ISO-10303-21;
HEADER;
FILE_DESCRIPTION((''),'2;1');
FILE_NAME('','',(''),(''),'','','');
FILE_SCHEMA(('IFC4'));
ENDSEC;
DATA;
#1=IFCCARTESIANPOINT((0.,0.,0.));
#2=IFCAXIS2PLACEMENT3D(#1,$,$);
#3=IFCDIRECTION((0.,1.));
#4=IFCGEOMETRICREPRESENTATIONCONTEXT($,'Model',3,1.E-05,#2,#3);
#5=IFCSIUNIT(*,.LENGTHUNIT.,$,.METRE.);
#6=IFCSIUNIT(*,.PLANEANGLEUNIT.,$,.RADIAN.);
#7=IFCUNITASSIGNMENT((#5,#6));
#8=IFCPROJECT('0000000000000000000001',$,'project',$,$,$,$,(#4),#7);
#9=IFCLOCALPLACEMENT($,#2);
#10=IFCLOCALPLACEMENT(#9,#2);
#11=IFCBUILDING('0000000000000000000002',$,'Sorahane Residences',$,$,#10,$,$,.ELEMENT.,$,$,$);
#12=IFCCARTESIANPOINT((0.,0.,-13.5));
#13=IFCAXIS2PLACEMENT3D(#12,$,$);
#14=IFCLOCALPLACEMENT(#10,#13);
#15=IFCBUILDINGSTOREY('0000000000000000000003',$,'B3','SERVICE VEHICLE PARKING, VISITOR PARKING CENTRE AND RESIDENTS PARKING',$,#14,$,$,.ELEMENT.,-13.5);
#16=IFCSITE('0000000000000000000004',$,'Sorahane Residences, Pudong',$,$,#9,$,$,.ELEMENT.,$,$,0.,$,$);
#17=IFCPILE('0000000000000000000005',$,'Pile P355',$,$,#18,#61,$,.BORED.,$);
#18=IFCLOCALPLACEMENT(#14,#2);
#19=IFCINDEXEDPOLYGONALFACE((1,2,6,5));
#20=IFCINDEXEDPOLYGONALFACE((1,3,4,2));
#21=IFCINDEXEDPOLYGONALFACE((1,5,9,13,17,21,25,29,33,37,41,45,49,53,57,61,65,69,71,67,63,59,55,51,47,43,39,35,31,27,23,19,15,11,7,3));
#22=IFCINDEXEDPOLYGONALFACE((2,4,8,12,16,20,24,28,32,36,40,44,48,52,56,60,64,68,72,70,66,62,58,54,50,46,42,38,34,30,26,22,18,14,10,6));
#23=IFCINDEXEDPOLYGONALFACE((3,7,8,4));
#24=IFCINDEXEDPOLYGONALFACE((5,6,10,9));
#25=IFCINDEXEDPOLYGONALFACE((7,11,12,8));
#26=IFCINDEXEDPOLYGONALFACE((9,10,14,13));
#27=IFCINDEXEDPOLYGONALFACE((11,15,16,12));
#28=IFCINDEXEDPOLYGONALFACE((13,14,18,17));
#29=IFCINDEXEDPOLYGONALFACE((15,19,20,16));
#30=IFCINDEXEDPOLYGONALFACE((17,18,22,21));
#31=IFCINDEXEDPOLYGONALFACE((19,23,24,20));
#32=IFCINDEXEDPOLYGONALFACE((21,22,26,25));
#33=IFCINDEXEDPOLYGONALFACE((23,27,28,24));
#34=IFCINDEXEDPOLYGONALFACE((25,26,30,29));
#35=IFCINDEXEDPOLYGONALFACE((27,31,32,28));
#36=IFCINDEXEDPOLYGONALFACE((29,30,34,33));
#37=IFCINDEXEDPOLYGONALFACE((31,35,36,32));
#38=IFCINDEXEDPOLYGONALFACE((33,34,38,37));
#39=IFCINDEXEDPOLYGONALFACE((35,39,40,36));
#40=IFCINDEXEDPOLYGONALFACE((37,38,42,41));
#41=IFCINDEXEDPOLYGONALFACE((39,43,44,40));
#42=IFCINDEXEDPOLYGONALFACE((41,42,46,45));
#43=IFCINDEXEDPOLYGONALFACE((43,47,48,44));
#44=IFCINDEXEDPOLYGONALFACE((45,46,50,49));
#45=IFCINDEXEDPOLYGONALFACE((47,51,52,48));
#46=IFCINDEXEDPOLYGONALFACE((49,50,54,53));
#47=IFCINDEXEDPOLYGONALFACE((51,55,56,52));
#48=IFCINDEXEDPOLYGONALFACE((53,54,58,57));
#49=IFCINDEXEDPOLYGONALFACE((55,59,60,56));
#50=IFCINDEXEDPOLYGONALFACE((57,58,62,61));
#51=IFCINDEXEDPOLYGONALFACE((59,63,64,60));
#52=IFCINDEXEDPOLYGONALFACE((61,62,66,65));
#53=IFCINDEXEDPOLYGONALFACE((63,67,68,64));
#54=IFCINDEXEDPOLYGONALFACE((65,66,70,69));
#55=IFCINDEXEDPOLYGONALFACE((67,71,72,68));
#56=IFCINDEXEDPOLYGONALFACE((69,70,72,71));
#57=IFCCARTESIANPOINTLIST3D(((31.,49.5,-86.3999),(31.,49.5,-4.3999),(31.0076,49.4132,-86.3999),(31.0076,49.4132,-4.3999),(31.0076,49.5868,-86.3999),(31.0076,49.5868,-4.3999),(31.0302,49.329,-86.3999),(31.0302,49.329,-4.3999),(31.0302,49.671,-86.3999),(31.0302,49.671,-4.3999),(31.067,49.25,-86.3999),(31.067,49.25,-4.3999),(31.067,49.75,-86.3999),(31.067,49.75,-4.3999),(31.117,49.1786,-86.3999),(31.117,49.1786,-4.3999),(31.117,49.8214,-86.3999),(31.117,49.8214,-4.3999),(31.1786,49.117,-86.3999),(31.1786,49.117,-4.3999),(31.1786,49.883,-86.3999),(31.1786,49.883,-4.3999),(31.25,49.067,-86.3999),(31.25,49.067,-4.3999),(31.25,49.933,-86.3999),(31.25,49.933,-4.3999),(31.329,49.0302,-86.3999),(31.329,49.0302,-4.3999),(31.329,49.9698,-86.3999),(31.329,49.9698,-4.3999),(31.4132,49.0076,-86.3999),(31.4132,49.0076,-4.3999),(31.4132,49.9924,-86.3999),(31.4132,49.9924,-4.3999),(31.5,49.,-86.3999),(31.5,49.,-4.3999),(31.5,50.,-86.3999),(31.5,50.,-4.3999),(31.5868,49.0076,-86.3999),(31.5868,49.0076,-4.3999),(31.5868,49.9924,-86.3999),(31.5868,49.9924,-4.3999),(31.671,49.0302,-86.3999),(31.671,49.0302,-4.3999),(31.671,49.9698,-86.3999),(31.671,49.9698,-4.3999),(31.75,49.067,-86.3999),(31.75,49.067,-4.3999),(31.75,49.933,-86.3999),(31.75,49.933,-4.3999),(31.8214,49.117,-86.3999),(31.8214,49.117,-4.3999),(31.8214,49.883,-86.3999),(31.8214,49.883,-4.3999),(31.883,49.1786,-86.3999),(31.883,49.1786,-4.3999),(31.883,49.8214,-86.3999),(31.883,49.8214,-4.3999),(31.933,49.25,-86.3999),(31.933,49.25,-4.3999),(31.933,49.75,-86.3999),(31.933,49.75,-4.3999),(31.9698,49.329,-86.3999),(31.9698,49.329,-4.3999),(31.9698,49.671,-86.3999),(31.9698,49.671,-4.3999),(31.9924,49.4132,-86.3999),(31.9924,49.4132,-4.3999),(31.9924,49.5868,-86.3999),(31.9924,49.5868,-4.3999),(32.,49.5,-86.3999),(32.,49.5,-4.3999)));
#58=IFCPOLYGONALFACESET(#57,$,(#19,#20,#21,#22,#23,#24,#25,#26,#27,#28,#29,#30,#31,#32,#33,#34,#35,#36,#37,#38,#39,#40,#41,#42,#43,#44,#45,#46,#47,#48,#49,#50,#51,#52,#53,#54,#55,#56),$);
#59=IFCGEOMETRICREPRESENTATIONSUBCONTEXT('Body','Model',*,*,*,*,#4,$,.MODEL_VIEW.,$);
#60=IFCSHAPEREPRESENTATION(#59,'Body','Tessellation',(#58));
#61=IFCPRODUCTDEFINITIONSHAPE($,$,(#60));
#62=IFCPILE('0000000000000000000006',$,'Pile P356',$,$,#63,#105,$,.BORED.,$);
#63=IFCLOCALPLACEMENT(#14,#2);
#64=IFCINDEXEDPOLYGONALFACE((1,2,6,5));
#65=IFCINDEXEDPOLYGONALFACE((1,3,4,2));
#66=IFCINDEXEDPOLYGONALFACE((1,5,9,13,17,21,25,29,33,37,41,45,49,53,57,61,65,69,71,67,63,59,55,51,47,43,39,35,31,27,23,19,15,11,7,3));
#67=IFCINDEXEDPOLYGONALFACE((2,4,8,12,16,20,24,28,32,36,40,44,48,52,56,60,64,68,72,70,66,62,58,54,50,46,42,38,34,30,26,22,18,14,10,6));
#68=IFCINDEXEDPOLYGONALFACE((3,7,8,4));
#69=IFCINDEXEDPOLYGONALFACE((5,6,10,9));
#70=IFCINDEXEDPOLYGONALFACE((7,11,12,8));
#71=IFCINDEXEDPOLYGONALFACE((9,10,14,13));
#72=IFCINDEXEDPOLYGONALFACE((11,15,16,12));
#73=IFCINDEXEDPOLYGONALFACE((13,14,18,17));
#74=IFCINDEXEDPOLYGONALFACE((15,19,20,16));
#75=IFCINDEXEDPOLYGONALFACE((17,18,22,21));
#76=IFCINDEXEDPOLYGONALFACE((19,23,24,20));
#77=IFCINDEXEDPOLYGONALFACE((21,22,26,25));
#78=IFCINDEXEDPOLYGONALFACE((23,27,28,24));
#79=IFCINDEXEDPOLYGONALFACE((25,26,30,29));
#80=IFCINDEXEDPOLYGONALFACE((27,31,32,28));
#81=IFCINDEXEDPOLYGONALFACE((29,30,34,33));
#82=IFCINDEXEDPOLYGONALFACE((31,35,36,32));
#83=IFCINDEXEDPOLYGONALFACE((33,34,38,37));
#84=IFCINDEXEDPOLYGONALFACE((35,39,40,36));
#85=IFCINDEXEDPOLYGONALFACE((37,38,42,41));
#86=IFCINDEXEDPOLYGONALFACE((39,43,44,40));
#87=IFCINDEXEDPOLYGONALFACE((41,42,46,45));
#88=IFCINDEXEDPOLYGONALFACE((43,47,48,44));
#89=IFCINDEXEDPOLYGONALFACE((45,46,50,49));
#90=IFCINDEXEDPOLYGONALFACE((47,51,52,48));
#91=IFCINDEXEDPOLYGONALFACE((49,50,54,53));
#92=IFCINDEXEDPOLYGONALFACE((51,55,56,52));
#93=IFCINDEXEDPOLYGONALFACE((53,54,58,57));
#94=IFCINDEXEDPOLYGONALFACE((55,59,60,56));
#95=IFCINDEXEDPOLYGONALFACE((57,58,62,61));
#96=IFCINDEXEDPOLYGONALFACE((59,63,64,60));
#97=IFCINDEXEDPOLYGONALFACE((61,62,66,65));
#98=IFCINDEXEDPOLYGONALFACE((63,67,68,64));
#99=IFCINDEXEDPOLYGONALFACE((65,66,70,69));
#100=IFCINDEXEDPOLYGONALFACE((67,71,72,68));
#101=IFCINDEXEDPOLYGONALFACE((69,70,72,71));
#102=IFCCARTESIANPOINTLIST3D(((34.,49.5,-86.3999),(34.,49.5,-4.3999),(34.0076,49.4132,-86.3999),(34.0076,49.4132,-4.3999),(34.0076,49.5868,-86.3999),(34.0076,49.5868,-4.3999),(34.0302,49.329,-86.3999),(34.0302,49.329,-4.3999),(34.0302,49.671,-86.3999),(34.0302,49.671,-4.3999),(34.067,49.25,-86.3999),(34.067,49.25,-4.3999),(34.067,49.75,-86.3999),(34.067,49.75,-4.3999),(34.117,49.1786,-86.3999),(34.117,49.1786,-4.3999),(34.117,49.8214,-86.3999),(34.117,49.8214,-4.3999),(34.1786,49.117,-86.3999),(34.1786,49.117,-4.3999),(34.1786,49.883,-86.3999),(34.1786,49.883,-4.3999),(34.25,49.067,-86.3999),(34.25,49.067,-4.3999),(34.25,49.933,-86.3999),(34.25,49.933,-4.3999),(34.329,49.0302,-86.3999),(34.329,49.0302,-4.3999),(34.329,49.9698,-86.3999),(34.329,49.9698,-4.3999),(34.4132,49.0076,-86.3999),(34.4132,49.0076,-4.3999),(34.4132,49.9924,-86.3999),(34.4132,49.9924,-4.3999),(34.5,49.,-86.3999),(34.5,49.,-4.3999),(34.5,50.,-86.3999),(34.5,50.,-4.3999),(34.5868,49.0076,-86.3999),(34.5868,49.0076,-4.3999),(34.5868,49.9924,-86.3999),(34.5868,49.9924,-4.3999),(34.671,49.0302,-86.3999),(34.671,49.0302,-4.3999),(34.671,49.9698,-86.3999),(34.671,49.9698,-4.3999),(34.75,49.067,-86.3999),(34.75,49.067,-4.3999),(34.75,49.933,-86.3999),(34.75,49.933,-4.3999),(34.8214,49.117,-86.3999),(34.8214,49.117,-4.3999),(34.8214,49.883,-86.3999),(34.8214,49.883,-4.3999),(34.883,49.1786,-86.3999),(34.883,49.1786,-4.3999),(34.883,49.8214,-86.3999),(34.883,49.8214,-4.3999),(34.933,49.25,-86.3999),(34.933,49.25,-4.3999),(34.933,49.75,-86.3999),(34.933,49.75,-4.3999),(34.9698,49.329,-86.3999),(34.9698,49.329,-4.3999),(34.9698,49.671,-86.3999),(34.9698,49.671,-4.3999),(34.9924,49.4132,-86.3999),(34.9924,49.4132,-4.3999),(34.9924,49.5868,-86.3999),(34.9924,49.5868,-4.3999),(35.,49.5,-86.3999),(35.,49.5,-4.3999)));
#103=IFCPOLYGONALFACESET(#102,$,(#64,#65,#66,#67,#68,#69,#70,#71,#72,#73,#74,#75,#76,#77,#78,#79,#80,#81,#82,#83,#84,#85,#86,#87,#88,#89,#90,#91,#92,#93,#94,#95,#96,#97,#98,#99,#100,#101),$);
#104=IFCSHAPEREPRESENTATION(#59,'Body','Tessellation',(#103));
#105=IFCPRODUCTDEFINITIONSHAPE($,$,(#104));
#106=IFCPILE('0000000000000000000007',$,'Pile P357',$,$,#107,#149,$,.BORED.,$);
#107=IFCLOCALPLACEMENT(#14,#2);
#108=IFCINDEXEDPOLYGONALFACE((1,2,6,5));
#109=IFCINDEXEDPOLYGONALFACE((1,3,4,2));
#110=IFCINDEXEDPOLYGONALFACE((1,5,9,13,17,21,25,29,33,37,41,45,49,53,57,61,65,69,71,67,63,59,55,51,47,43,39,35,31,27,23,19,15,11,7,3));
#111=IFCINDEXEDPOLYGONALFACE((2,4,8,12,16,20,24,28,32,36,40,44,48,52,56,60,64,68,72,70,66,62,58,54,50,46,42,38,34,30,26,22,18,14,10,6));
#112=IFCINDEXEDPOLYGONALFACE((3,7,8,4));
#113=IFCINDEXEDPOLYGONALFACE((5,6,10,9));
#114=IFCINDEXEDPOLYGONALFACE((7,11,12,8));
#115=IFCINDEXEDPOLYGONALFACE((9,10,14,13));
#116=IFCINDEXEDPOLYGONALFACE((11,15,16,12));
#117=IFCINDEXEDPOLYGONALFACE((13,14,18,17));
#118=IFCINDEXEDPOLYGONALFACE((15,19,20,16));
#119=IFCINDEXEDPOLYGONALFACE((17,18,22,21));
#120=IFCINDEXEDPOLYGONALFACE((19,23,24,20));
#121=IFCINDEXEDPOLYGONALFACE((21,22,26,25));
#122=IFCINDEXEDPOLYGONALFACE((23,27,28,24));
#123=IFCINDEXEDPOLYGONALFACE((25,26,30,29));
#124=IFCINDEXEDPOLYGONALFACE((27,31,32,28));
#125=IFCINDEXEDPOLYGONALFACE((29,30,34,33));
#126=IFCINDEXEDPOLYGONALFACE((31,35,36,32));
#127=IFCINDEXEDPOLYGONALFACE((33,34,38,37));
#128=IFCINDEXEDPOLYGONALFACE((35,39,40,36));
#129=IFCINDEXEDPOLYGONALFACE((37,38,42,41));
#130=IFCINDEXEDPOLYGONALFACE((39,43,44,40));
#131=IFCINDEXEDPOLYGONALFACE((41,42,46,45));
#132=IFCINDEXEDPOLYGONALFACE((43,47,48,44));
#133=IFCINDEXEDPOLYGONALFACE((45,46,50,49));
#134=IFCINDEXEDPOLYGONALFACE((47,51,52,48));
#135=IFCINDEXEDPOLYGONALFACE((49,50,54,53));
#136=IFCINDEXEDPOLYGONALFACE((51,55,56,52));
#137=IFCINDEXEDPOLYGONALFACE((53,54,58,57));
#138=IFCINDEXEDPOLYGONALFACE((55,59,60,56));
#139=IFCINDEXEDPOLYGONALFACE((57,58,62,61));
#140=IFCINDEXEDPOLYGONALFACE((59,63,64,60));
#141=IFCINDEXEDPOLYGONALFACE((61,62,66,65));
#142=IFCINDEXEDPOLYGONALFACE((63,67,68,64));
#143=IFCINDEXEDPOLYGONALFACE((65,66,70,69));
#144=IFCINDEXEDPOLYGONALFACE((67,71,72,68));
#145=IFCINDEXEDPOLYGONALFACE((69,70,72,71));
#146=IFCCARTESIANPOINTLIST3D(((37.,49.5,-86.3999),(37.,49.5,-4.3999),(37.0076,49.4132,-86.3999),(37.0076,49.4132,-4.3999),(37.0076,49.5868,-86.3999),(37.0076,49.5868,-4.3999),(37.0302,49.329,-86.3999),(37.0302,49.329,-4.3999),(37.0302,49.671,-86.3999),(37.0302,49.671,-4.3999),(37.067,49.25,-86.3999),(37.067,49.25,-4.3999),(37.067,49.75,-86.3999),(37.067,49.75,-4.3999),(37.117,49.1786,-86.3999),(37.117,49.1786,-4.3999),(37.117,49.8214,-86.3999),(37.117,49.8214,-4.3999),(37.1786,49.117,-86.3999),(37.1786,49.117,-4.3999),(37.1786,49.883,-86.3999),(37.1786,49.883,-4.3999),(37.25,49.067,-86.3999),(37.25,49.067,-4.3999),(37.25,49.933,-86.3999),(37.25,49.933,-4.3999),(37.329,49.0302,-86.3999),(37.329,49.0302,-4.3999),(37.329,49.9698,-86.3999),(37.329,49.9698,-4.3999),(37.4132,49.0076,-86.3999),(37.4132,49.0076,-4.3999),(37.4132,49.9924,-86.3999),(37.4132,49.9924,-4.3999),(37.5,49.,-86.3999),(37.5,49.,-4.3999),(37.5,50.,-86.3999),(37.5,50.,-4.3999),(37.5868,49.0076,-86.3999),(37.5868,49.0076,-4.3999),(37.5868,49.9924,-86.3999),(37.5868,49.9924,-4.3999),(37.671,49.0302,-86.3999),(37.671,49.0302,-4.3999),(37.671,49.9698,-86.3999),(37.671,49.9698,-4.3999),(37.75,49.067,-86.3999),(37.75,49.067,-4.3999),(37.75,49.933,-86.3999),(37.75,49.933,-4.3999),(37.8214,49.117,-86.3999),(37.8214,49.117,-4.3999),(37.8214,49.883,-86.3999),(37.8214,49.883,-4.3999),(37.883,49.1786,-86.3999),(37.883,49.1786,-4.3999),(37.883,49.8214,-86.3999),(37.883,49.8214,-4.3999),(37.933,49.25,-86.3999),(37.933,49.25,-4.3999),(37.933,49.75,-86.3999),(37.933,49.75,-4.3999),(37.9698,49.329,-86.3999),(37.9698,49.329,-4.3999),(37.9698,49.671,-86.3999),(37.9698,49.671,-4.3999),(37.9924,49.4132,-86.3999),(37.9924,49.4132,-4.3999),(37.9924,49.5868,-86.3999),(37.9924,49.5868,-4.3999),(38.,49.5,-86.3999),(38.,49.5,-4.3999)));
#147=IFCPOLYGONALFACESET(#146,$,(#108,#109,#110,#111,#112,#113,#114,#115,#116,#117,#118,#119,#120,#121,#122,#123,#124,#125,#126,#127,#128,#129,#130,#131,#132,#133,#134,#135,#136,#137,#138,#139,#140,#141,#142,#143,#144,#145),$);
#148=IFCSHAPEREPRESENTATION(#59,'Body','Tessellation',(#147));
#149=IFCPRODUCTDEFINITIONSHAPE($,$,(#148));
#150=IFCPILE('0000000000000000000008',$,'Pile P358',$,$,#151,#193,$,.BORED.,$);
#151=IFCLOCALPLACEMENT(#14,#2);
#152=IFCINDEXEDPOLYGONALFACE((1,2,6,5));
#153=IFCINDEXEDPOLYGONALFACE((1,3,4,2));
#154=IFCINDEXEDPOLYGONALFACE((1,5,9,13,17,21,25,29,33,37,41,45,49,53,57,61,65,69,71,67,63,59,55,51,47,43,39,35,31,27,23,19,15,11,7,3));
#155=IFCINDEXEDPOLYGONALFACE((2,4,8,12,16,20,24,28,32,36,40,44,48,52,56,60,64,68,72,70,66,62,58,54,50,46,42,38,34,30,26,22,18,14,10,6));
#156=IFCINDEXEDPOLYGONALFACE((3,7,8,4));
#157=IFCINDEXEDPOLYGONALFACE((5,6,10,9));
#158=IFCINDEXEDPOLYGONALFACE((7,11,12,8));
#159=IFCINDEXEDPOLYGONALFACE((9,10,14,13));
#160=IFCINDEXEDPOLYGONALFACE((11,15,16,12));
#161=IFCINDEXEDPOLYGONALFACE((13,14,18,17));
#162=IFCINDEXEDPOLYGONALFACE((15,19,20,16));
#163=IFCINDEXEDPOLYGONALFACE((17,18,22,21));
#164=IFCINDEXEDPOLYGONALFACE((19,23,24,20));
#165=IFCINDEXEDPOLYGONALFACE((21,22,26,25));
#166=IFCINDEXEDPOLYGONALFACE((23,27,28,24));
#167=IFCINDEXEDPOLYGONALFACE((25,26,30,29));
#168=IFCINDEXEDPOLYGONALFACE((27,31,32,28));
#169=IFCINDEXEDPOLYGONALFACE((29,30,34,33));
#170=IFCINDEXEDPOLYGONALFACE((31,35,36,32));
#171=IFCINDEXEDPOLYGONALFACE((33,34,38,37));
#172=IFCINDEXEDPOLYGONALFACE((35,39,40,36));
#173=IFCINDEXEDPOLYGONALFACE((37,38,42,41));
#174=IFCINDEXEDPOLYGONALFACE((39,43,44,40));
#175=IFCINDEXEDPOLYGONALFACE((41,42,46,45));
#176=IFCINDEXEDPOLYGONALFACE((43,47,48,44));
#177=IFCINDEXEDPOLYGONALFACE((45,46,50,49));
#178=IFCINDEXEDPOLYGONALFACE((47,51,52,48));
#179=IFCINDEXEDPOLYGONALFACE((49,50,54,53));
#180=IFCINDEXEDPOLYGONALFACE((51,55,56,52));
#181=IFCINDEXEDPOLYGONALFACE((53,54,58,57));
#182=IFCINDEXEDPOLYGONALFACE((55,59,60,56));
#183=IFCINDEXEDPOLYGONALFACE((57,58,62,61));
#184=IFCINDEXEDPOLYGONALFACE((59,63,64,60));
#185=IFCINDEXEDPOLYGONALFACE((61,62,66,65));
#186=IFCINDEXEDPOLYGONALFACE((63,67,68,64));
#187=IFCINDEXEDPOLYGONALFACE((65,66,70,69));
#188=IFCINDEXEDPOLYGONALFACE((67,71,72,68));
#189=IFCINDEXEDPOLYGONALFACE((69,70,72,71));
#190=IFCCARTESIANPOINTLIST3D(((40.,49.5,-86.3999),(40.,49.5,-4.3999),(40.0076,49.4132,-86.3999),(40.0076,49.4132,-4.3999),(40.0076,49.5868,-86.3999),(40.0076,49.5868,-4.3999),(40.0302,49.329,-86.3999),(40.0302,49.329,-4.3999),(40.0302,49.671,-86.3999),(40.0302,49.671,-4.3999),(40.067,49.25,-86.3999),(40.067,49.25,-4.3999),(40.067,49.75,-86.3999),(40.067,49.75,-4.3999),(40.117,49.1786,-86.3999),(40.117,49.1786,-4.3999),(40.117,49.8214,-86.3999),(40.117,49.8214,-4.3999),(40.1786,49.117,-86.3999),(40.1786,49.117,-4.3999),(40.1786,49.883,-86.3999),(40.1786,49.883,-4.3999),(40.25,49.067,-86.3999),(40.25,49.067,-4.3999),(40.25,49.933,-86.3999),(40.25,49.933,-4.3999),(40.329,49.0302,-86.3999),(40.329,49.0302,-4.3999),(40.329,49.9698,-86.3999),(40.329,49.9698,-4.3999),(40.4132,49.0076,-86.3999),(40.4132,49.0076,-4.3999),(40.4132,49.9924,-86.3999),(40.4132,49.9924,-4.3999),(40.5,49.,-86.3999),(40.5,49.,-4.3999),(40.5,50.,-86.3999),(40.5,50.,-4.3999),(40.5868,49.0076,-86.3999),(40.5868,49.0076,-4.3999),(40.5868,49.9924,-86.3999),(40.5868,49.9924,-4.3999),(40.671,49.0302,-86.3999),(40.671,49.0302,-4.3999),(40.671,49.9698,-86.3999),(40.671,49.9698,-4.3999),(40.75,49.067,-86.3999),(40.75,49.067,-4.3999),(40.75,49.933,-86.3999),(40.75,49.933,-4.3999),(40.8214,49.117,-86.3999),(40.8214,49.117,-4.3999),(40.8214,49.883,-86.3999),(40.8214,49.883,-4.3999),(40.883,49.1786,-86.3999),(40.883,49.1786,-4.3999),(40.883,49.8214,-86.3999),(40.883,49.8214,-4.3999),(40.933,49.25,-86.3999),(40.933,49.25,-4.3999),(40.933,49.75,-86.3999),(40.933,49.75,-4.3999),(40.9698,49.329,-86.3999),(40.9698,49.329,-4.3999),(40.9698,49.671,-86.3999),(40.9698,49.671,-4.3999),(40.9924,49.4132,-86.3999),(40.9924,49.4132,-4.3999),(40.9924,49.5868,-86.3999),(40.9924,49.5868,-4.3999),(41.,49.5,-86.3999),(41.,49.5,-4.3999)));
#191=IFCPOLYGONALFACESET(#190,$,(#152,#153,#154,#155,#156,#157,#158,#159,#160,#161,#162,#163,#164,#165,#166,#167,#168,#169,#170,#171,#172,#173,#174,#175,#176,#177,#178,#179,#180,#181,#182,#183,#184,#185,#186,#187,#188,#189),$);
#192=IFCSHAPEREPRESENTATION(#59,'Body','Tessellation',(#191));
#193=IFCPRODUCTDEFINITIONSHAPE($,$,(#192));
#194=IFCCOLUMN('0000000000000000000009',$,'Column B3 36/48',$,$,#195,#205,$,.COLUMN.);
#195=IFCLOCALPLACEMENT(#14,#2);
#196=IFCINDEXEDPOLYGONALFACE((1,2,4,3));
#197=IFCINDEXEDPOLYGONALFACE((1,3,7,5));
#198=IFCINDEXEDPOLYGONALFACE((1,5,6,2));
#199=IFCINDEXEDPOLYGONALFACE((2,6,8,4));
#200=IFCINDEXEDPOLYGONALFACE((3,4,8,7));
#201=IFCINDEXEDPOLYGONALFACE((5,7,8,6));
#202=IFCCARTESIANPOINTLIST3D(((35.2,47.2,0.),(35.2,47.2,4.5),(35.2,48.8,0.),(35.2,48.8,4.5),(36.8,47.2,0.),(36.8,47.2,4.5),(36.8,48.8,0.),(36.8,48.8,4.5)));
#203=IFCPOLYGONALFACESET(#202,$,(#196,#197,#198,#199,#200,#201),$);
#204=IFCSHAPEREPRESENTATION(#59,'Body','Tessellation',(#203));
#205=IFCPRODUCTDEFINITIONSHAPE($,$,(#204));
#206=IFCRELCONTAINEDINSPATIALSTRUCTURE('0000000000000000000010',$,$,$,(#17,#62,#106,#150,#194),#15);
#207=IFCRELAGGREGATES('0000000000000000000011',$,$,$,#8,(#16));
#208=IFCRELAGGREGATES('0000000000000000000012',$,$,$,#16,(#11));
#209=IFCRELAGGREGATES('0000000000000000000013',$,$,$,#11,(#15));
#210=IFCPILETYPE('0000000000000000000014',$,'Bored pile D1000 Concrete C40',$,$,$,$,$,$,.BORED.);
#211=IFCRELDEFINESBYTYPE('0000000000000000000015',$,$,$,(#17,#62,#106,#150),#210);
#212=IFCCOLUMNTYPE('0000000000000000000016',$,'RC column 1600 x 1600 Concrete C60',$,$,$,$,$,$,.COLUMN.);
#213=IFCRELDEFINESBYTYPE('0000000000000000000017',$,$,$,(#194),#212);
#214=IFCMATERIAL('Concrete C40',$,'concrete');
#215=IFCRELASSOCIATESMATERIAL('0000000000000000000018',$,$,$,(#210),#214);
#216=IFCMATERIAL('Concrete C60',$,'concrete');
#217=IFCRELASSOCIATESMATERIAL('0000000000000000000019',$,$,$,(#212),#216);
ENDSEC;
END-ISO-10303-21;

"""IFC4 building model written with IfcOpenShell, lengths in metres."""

from ifc_helpers import new_model, si_unit, direction, frame, origin, origin_2d, place, context, subcontext, project, spatial, rectangle, circle, extrude, material, material_profile, profile_set, type_object, element, save


model = new_model("IFC4")

# Units and contexts
model_context = context("Model", 3, precision=1e-05, world=origin(), true_north=direction((0.0, 1.0)))
body_context = subcontext(model_context, "Body", "Model", "MODEL_VIEW")
ifc_project = project(units=[si_unit("LENGTHUNIT", "METRE"), si_unit("PLANEANGLEUNIT", "RADIAN")], contexts=[model_context])

# Site, building, storey
site_placement = place(None, origin())
site = spatial("IfcSite", under=ifc_project, at=site_placement, Name="Sorahane Residences, Pudong", CompositionType="ELEMENT", RefElevation=0.0)
building_placement = place(site_placement, origin())
building = spatial("IfcBuilding", under=site, at=building_placement, Name="Sorahane Residences", CompositionType="ELEMENT")
storey_placement = place(building_placement, frame((0.0, 0.0, -13.5)))
storey = spatial("IfcBuildingStorey", under=building, at=storey_placement, Name="B3", Description="SERVICE VEHICLE PARKING, VISITOR PARKING CENTRE AND RESIDENTS PARKING", CompositionType="ELEMENT", Elevation=-13.5)

# Piles
ifc_material_1 = material(Name="Concrete C40", Category="concrete")
ifc_material_profile_1 = material_profile(ifc_material_1, circle(Radius=0.5, at=origin_2d()), Name="D1000")
ifc_profile_set_1 = profile_set([ifc_material_profile_1], Name="Concrete C40")
pile_type = type_object("IfcPileType", Name="Bored pile D1000 Concrete C40", PredefinedType="BORED", material=ifc_profile_set_1)
for number, where, z_axis, x_axis, name in (
    (1, (31.5, 49.5, -4.3999), (0.0, 0.0, -1.0), (1.0, 0.0, 0.0), "Pile P355"),
    (2, (34.5, 49.5, -4.3999), (0.0, 0.0, -1.0), (1.0, 0.0, 0.0), "Pile P356"),
    (3, (37.5, 49.5, -4.3999), (0.0, 0.0, -1.0), (1.0, 0.0, 0.0), "Pile P357"),
    (4, (40.5, 49.5, -4.3999), (0.0, 0.0, -1.0), (1.0, 0.0, 0.0), "Pile P358"),
):
    element("IfcPile", number, at=place(storey_placement, frame(where, z_axis=z_axis, x_axis=x_axis)), inside=storey, type_object=pile_type, Name=name, PredefinedType="BORED", context=body_context, shape_type="SweptSolid", body=[
        extrude(circle(Radius=0.5, at=origin_2d()), origin(), (0.0, 0.0, 1.0), 82.0),
    ])

# Column
ifc_material_2 = material(Name="Concrete C60", Category="concrete")
ifc_material_profile_2 = material_profile(ifc_material_2, rectangle(XDim=1.6001, YDim=1.6001, at=origin_2d()), Name="1600x1600")
ifc_profile_set_2 = profile_set([ifc_material_profile_2], Name="Concrete C60")
column_type_1 = type_object("IfcColumnType", Name="RC column 1600 x 1600 Concrete C60", PredefinedType="COLUMN", material=ifc_profile_set_2)
column_placement = place(storey_placement, frame((36.0, 48.0, 0.0), z_axis=(0.0, 0.0, 1.0), x_axis=(1.0, 0.0, 0.0)))
element("IfcColumn", 5, at=column_placement, inside=storey, type_object=column_type_1, Name="Column B3 36/48", PredefinedType="COLUMN", context=body_context, shape_type="SweptSolid", body=[
    extrude(rectangle(XDim=1.6001, YDim=1.6001, at=origin_2d()), origin(), (0.0, 0.0, 1.0), 4.5),
])

save(model, "model.ifc")
